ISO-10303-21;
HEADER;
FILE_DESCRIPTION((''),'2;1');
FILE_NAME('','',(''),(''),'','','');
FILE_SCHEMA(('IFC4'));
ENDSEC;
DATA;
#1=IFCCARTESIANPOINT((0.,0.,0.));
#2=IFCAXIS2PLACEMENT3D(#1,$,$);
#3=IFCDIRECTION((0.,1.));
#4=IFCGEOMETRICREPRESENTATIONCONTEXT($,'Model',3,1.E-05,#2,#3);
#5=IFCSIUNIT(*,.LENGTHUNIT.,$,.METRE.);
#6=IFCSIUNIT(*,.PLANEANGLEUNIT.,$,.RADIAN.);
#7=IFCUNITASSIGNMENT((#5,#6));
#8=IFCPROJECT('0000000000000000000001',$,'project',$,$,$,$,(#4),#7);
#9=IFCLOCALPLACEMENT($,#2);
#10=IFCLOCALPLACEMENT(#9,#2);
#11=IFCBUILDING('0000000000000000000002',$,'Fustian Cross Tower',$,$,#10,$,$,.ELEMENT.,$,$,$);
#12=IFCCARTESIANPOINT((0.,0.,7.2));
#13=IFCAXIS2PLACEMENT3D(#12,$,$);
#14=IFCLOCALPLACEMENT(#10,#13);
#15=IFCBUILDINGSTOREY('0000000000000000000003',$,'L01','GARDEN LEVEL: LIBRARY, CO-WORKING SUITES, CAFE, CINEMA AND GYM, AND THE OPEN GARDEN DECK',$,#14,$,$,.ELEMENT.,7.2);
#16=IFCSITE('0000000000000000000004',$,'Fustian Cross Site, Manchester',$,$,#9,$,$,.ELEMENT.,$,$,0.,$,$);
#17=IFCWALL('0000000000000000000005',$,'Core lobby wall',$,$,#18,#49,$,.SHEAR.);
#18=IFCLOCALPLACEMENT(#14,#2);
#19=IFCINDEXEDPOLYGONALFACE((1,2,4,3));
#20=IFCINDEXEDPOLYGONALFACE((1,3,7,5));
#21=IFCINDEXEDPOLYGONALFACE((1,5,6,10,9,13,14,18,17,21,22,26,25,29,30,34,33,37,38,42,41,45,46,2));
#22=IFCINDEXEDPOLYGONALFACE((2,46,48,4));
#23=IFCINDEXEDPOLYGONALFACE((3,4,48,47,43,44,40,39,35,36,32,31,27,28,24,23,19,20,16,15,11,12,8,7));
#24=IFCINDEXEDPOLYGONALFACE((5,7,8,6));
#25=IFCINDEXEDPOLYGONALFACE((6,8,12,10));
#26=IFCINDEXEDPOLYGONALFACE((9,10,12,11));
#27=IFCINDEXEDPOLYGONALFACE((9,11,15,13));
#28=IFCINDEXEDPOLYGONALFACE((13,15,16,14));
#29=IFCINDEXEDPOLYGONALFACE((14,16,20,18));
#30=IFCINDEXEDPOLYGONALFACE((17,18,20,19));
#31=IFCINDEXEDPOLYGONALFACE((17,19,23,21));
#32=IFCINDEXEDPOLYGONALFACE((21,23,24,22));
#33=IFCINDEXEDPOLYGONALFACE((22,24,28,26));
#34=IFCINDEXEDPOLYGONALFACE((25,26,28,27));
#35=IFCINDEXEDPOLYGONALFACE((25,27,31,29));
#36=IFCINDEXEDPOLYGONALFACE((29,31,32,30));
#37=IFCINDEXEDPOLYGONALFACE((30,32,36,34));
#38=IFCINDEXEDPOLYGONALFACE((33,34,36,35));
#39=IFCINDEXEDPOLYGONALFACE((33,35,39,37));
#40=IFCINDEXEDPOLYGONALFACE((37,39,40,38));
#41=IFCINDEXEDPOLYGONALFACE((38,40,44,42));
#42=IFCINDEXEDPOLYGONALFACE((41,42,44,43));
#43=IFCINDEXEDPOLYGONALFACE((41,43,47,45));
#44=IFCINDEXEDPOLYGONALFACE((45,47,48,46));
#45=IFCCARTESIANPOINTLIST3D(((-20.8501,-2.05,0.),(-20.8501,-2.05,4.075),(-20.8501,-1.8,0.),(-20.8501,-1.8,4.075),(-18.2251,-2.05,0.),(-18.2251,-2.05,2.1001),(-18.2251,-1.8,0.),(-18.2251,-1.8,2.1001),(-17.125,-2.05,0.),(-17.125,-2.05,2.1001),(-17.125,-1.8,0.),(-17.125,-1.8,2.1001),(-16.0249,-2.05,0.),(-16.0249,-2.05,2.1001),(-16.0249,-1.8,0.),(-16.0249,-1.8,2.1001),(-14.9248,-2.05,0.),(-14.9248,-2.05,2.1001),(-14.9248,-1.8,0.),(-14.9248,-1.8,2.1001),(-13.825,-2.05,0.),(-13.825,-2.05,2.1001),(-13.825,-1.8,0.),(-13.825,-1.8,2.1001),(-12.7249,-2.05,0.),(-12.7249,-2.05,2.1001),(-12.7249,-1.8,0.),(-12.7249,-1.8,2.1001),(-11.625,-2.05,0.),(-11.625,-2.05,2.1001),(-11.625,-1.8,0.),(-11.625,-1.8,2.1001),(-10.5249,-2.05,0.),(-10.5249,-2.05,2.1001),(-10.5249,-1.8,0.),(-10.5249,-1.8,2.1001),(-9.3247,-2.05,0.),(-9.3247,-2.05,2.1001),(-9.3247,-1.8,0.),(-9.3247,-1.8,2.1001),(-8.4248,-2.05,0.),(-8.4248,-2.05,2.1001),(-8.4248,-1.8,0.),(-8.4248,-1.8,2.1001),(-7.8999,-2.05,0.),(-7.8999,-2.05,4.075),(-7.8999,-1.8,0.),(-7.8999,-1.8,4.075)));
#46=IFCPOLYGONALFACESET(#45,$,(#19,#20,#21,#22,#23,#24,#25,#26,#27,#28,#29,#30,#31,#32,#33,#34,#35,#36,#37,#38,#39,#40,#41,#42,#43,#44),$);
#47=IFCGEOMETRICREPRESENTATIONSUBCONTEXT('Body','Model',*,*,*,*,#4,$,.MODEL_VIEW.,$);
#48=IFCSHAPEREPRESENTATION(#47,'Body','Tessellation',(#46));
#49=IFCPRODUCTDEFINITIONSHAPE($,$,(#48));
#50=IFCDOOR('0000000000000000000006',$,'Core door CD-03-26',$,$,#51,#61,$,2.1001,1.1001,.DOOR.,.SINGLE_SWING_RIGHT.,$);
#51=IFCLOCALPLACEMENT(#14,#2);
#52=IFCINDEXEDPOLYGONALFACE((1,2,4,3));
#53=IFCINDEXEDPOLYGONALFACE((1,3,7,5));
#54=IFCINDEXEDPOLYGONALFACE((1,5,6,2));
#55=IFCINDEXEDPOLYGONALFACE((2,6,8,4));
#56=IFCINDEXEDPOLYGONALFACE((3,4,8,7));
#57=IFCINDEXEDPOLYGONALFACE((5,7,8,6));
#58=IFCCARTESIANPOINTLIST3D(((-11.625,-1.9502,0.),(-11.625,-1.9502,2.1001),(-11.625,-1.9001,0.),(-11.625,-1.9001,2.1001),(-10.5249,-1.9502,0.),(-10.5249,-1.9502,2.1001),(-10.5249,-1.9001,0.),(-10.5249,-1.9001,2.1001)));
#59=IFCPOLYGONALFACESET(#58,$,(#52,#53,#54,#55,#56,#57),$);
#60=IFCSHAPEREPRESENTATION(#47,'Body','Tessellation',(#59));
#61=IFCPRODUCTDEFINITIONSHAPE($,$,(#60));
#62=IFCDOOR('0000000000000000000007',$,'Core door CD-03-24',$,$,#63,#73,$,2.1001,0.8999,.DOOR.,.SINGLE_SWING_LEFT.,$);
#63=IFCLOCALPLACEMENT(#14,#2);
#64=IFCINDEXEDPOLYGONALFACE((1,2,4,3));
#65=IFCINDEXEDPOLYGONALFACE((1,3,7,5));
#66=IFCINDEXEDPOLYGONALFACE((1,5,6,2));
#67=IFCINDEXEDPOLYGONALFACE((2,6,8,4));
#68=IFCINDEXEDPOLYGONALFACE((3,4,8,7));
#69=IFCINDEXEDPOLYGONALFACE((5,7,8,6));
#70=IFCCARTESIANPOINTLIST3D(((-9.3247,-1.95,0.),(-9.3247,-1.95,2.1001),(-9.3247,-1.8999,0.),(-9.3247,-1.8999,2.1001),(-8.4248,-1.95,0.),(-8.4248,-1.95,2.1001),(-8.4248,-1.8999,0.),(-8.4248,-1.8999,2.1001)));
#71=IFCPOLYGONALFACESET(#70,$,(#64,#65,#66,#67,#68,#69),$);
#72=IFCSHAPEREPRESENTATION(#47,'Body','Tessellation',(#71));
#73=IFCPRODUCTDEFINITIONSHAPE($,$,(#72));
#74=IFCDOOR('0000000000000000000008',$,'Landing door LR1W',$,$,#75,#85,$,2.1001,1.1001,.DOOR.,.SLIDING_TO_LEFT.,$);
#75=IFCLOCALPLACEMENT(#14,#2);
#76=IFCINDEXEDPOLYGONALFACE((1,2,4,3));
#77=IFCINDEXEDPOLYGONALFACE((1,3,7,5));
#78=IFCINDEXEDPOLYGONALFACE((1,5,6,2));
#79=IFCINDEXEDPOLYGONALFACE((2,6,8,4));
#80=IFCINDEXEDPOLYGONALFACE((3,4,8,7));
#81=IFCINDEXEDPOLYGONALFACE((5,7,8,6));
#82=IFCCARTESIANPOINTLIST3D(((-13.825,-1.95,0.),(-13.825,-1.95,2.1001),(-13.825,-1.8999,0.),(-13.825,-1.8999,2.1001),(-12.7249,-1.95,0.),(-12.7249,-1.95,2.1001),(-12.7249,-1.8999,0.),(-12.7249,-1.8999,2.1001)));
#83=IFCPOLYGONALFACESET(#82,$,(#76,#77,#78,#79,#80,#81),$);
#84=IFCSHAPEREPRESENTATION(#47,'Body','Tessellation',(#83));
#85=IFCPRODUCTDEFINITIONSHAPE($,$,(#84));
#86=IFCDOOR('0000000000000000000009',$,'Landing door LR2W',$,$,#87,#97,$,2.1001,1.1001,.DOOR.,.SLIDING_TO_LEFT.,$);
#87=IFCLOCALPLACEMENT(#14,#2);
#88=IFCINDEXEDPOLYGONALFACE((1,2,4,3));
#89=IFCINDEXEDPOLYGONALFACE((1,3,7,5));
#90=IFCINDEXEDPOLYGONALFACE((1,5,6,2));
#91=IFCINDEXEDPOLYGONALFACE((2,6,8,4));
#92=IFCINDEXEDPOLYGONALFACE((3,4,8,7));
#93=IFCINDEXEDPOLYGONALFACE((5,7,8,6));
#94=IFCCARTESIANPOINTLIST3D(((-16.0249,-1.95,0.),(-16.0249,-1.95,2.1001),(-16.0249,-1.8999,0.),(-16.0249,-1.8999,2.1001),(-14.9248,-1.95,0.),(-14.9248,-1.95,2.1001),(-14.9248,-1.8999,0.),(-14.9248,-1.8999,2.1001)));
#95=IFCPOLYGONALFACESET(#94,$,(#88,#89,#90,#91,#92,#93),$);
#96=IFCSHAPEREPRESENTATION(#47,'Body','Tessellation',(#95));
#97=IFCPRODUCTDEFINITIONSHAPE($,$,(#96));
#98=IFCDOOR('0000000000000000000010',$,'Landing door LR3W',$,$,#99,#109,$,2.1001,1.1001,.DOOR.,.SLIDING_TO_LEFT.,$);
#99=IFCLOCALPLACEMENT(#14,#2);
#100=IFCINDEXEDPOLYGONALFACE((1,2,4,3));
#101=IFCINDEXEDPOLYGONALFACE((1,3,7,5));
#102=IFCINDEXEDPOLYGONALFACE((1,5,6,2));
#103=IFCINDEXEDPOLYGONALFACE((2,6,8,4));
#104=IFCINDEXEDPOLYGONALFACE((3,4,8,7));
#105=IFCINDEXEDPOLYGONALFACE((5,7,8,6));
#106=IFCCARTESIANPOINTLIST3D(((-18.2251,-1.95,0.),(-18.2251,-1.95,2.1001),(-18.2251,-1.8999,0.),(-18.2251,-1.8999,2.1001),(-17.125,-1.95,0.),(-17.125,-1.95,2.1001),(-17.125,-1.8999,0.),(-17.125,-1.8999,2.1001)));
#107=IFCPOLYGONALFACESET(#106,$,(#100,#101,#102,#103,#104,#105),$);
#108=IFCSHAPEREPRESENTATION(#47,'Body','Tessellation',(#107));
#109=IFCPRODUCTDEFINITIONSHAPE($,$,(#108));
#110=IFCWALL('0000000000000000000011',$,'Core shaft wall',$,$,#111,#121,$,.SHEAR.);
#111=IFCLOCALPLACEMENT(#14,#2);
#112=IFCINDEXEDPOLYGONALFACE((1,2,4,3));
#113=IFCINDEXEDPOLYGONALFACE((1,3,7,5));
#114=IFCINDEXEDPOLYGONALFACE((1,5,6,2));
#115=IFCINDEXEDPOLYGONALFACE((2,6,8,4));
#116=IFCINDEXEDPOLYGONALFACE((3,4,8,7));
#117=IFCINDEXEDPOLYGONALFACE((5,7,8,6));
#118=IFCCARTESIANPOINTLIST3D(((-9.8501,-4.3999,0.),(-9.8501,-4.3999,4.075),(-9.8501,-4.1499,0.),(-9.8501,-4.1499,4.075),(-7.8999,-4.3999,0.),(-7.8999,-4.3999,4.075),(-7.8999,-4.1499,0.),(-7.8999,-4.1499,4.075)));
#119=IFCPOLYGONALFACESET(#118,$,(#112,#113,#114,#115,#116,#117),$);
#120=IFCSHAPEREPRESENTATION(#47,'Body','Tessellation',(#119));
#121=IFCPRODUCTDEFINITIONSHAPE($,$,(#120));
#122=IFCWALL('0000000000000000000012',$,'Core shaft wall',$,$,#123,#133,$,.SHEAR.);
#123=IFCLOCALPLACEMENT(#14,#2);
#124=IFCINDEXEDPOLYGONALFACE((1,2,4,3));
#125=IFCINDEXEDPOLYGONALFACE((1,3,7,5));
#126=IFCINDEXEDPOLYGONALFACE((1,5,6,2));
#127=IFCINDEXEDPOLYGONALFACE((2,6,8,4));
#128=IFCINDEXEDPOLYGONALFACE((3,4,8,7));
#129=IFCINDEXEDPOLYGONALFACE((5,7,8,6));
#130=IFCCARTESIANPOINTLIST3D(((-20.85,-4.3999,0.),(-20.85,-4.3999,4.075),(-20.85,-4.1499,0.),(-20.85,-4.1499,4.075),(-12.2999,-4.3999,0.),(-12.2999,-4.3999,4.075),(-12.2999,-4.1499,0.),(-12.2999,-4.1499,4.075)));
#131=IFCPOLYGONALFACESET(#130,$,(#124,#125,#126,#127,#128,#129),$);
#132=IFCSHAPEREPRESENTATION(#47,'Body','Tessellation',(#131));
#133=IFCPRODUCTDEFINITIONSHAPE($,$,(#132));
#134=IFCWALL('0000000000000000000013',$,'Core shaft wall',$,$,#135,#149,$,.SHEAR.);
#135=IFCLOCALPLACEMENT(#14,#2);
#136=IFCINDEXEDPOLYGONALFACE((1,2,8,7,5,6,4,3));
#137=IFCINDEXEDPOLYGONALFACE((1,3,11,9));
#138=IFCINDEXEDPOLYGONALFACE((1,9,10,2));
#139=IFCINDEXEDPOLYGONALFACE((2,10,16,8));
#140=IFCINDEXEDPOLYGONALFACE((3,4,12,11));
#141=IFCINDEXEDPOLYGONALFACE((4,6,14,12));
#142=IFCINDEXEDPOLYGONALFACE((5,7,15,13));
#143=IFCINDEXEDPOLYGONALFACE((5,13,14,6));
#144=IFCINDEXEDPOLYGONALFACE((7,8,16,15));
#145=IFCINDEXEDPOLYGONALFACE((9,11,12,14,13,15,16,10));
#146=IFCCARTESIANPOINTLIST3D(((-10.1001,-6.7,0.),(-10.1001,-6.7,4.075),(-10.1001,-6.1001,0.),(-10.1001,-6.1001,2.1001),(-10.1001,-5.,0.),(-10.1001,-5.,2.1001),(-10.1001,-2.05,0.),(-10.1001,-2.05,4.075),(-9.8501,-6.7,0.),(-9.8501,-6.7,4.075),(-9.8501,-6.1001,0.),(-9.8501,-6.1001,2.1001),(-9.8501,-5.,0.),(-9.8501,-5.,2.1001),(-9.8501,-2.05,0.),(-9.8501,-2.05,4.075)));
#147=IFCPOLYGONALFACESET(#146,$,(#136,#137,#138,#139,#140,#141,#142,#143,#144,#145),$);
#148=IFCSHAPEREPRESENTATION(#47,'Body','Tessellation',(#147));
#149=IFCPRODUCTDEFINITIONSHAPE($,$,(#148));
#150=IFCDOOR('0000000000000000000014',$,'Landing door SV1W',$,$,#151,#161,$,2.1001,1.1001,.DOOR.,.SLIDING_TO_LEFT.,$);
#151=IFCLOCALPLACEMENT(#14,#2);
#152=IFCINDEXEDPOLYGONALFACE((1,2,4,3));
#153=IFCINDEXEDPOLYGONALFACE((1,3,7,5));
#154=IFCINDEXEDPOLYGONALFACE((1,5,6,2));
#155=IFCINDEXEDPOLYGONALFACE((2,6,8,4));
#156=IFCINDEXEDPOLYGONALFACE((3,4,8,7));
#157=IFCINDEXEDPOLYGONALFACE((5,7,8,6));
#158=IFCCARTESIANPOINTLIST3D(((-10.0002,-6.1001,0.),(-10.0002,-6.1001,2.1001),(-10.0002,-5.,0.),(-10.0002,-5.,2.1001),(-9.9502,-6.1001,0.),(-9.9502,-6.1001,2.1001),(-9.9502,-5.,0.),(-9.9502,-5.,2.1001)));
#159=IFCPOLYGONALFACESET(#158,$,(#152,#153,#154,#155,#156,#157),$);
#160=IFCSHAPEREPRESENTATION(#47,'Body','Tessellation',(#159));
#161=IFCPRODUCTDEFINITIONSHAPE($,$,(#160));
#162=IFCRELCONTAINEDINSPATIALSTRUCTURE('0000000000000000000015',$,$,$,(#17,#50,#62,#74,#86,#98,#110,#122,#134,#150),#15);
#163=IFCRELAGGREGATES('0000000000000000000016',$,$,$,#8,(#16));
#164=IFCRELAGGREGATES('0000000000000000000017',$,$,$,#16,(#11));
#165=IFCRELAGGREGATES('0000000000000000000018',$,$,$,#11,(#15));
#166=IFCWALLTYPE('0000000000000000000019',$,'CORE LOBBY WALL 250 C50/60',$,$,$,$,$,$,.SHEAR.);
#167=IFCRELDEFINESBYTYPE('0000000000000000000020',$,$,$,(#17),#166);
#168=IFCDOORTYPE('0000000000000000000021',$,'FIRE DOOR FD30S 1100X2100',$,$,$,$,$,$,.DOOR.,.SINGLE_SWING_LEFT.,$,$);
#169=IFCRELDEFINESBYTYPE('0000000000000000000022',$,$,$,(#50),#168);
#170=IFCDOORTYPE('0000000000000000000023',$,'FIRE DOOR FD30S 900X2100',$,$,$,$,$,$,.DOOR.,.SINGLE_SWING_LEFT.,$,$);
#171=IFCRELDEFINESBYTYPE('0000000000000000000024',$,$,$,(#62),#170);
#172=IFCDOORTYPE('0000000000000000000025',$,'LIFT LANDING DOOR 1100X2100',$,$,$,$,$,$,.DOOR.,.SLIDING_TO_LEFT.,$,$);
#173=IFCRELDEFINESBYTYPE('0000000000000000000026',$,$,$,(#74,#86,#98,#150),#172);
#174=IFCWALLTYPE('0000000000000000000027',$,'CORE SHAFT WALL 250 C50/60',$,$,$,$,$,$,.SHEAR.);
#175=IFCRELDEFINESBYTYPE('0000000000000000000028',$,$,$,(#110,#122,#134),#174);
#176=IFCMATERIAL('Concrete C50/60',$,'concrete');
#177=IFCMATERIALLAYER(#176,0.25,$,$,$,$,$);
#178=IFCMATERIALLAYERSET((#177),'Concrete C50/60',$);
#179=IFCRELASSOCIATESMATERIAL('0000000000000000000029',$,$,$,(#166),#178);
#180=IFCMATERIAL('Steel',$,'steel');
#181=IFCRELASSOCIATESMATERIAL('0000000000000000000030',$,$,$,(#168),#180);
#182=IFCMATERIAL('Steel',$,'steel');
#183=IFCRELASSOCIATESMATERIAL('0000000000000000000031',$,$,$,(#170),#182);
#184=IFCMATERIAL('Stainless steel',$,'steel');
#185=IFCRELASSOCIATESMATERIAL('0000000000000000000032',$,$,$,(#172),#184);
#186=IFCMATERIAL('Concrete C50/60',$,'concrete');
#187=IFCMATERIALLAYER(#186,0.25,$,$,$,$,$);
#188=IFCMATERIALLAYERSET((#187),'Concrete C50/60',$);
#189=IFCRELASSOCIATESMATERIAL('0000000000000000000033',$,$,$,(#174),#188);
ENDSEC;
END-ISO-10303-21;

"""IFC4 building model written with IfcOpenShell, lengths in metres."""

from ifc_helpers import new_model, si_unit, direction, frame, frame_2d, origin, place, context, subcontext, project, spatial, rectangle, extrude, material, layer, layer_set, type_object, element, fill, save


model = new_model("IFC4")

# Units and contexts
model_context = context("Model", 3, precision=1e-05, world=origin(), true_north=direction((0.0, 1.0)))
body_context = subcontext(model_context, "Body", "Model", "MODEL_VIEW")
ifc_project = project(units=[si_unit("LENGTHUNIT", "METRE"), si_unit("PLANEANGLEUNIT", "RADIAN")], contexts=[model_context])

# Site, building, storey
site_placement = place(None, origin())
site = spatial("IfcSite", under=ifc_project, at=site_placement, Name="Fustian Cross Site, Manchester", CompositionType="ELEMENT", RefElevation=0.0)
building_placement = place(site_placement, origin())
building = spatial("IfcBuilding", under=site, at=building_placement, Name="Fustian Cross Tower", CompositionType="ELEMENT")
storey_placement = place(building_placement, frame((0.0, 0.0, 7.2)))
storey = spatial("IfcBuildingStorey", under=building, at=storey_placement, Name="L01", Description="GARDEN LEVEL: LIBRARY, CO-WORKING SUITES, CAFE, CINEMA AND GYM, AND THE OPEN GARDEN DECK", CompositionType="ELEMENT", Elevation=7.2)

# Wall, openings, doors
ifc_material_1 = material(Name="Concrete C50/60", Category="concrete")
ifc_layer_1 = layer(ifc_material_1, 0.25)
ifc_layer_set_1 = layer_set([ifc_layer_1], Name="Concrete C50/60")
wall_type_1 = type_object("IfcWallType", Name="CORE LOBBY WALL 250 C50/60", PredefinedType="SHEAR", material=ifc_layer_set_1)
wall_1_placement = place(storey_placement, frame((-7.8999, -1.925, 0.0), z_axis=(0.0, 0.0, 1.0), x_axis=(-1.0, 0.0, 0.0)))
wall_1 = element("IfcWall", 1, at=wall_1_placement, inside=storey, type_object=wall_type_1, Name="Core lobby wall", PredefinedType="SHEAR", context=body_context, shape_type="SweptSolid", body=[
    extrude(rectangle(XDim=12.9502, YDim=0.25, at=frame_2d((6.4751, 0.0))), origin(), (0.0, 0.0, 1.0), 4.075),
])
opening_1_placement = place(wall_1_placement, frame((4.825, 0.0, 0.0)))
opening_1 = element("IfcOpeningElement", 2, at=opening_1_placement, cuts=wall_1, PredefinedType="OPENING", context=body_context, shape_type="SweptSolid", body=[
    extrude(rectangle(XDim=1.1001, YDim=2.1001, at=frame_2d((0.55, 1.05))), frame((0.0, 0.135, 0.0), z_axis=(0.0, -1.0, 0.0), x_axis=(1.0, 0.0, 0.0)), (0.0, 0.0, 1.0), 0.27),
])
opening_2_placement = place(wall_1_placement, frame((7.0249, 0.0, 0.0)))
opening_2 = element("IfcOpeningElement", 3, at=opening_2_placement, cuts=wall_1, PredefinedType="OPENING", context=body_context, shape_type="SweptSolid", body=[
    extrude(rectangle(XDim=1.1001, YDim=2.1001, at=frame_2d((0.55, 1.05))), frame((0.0, 0.135, 0.0), z_axis=(0.0, -1.0, 0.0), x_axis=(1.0, 0.0, 0.0)), (0.0, 0.0, 1.0), 0.27),
])
opening_3_placement = place(wall_1_placement, frame((9.2251, 0.0, 0.0)))
opening_3 = element("IfcOpeningElement", 4, at=opening_3_placement, cuts=wall_1, PredefinedType="OPENING", context=body_context, shape_type="SweptSolid", body=[
    extrude(rectangle(XDim=1.1001, YDim=2.1001, at=frame_2d((0.55, 1.05))), frame((0.0, 0.135, 0.0), z_axis=(0.0, -1.0, 0.0), x_axis=(1.0, 0.0, 0.0)), (0.0, 0.0, 1.0), 0.27),
])
opening_4_placement = place(wall_1_placement, frame((0.5249, 0.0, 0.0)))
opening_4 = element("IfcOpeningElement", 5, at=opening_4_placement, cuts=wall_1, PredefinedType="OPENING", context=body_context, shape_type="SweptSolid", body=[
    extrude(rectangle(XDim=0.8999, YDim=2.1001, at=frame_2d((0.45, 1.05))), frame((0.0, 0.135, 0.0), z_axis=(0.0, -1.0, 0.0), x_axis=(1.0, 0.0, 0.0)), (0.0, 0.0, 1.0), 0.27),
])
opening_5_placement = place(wall_1_placement, frame((2.625, 0.0, 0.0)))
opening_5 = element("IfcOpeningElement", 6, at=opening_5_placement, cuts=wall_1, PredefinedType="OPENING", context=body_context, shape_type="SweptSolid", body=[
    extrude(rectangle(XDim=1.1001, YDim=2.1001, at=frame_2d((0.55, 1.05))), frame((0.0, 0.135, 0.0), z_axis=(0.0, -1.0, 0.0), x_axis=(1.0, 0.0, 0.0)), (0.0, 0.0, 1.0), 0.27),
])
ifc_material_2 = material(Name="Steel", Category="steel")
door_type_1 = type_object("IfcDoorType", Name="FIRE DOOR FD30S 1100X2100", OperationType="SINGLE_SWING_LEFT", PredefinedType="DOOR", material=ifc_material_2)
door_1_placement = place(opening_5_placement, frame((1.1001, 0.0, 0.0), z_axis=(0.0, 0.0, 1.0), x_axis=(-1.0, 0.0, 0.0)))
door_1 = element("IfcDoor", 7, at=door_1_placement, inside=storey, type_object=door_type_1, Name="Core door CD-03-26", OperationType="SINGLE_SWING_RIGHT", OverallHeight=2.1001, OverallWidth=1.1001, PredefinedType="DOOR", context=body_context, shape_type="SweptSolid", body=[
    extrude(rectangle(XDim=1.1001, YDim=2.1001, at=frame_2d((0.55, 1.05))), frame((0.0, 0.0249, 0.0), z_axis=(0.0, -1.0, 0.0), x_axis=(1.0, 0.0, 0.0)), (0.0, 0.0, 1.0), 0.05),
])
fill(opening_5, door_1)
ifc_material_3 = material(Name="Steel", Category="steel")
door_type_2 = type_object("IfcDoorType", Name="FIRE DOOR FD30S 900X2100", OperationType="SINGLE_SWING_LEFT", PredefinedType="DOOR", material=ifc_material_3)
door_2_placement = place(opening_4_placement, origin())
door_2 = element("IfcDoor", 8, at=door_2_placement, inside=storey, type_object=door_type_2, Name="Core door CD-03-24", OperationType="SINGLE_SWING_LEFT", OverallHeight=2.1001, OverallWidth=0.8999, PredefinedType="DOOR", context=body_context, shape_type="SweptSolid", body=[
    extrude(rectangle(XDim=0.8999, YDim=2.1001, at=frame_2d((0.45, 1.05))), frame((0.0, 0.0249, 0.0), z_axis=(0.0, -1.0, 0.0), x_axis=(1.0, 0.0, 0.0)), (0.0, 0.0, 1.0), 0.05),
])
fill(opening_4, door_2)
ifc_material_4 = material(Name="Stainless steel", Category="steel")
door_type_3 = type_object("IfcDoorType", Name="LIFT LANDING DOOR 1100X2100", OperationType="SLIDING_TO_LEFT", PredefinedType="DOOR", material=ifc_material_4)
door_3_placement = place(opening_1_placement, origin())
door_3 = element("IfcDoor", 9, at=door_3_placement, inside=storey, type_object=door_type_3, Name="Landing door LR1W", OperationType="SLIDING_TO_LEFT", OverallHeight=2.1001, OverallWidth=1.1001, PredefinedType="DOOR", context=body_context, shape_type="SweptSolid", body=[
    extrude(rectangle(XDim=1.1001, YDim=2.1001, at=frame_2d((0.55, 1.05))), frame((0.0, 0.0249, 0.0), z_axis=(0.0, -1.0, 0.0), x_axis=(1.0, 0.0, 0.0)), (0.0, 0.0, 1.0), 0.05),
])
fill(opening_1, door_3)
door_4_placement = place(opening_2_placement, origin())
door_4 = element("IfcDoor", 10, at=door_4_placement, inside=storey, type_object=door_type_3, Name="Landing door LR2W", OperationType="SLIDING_TO_LEFT", OverallHeight=2.1001, OverallWidth=1.1001, PredefinedType="DOOR", context=body_context, shape_type="SweptSolid", body=[
    extrude(rectangle(XDim=1.1001, YDim=2.1001, at=frame_2d((0.55, 1.05))), frame((0.0, 0.0249, 0.0), z_axis=(0.0, -1.0, 0.0), x_axis=(1.0, 0.0, 0.0)), (0.0, 0.0, 1.0), 0.05),
])
fill(opening_2, door_4)
door_5_placement = place(opening_3_placement, origin())
door_5 = element("IfcDoor", 11, at=door_5_placement, inside=storey, type_object=door_type_3, Name="Landing door LR3W", OperationType="SLIDING_TO_LEFT", OverallHeight=2.1001, OverallWidth=1.1001, PredefinedType="DOOR", context=body_context, shape_type="SweptSolid", body=[
    extrude(rectangle(XDim=1.1001, YDim=2.1001, at=frame_2d((0.55, 1.05))), frame((0.0, 0.0249, 0.0), z_axis=(0.0, -1.0, 0.0), x_axis=(1.0, 0.0, 0.0)), (0.0, 0.0, 1.0), 0.05),
])
fill(opening_3, door_5)

# Walls
ifc_material_5 = material(Name="Concrete C50/60", Category="concrete")
ifc_layer_2 = layer(ifc_material_5, 0.25)
ifc_layer_set_2 = layer_set([ifc_layer_2], Name="Concrete C50/60")
wall_type_2 = type_object("IfcWallType", Name="CORE SHAFT WALL 250 C50/60", PredefinedType="SHEAR", material=ifc_layer_set_2)
wall_2_placement = place(storey_placement, frame((-7.8999, -4.2749, 0.0), z_axis=(0.0, 0.0, 1.0), x_axis=(-1.0, 0.0, 0.0)))
element("IfcWall", 12, at=wall_2_placement, inside=storey, type_object=wall_type_2, Name="Core shaft wall", PredefinedType="SHEAR", context=body_context, shape_type="SweptSolid", body=[
    extrude(rectangle(XDim=1.9502, YDim=0.25, at=frame_2d((0.9751, 0.0))), origin(), (0.0, 0.0, 1.0), 4.075),
])
wall_3_placement = place(storey_placement, frame((-12.3, -4.2749, 0.0), z_axis=(0.0, 0.0, 1.0), x_axis=(-1.0, 0.0, 0.0)))
element("IfcWall", 13, at=wall_3_placement, inside=storey, type_object=wall_type_2, Name="Core shaft wall", PredefinedType="SHEAR", context=body_context, shape_type="SweptSolid", body=[
    extrude(rectangle(XDim=8.55, YDim=0.25, at=frame_2d((4.2749, 0.0))), origin(), (0.0, 0.0, 1.0), 4.075),
])

# Wall, opening, door
wall_4_placement = place(storey_placement, frame((-9.9751, -2.05, 0.0), z_axis=(0.0, 0.0, 1.0), x_axis=(0.0, -1.0, 0.0)))
wall_4 = element("IfcWall", 14, at=wall_4_placement, inside=storey, type_object=wall_type_2, Name="Core shaft wall", PredefinedType="SHEAR", context=body_context, shape_type="SweptSolid", body=[
    extrude(rectangle(XDim=4.6499, YDim=0.25, at=frame_2d((2.325, 0.0))), origin(), (0.0, 0.0, 1.0), 4.075),
])
opening_6_placement = place(wall_4_placement, frame((2.95, 0.0, 0.0)))
opening_6 = element("IfcOpeningElement", 15, at=opening_6_placement, cuts=wall_4, PredefinedType="OPENING", context=body_context, shape_type="SweptSolid", body=[
    extrude(rectangle(XDim=1.1001, YDim=2.1001, at=frame_2d((0.55, 1.05))), frame((0.0, 0.135, 0.0), z_axis=(0.0, -1.0, 0.0), x_axis=(1.0, 0.0, 0.0)), (0.0, 0.0, 1.0), 0.27),
])
door_6_placement = place(opening_6_placement, origin())
door_6 = element("IfcDoor", 16, at=door_6_placement, inside=storey, type_object=door_type_3, Name="Landing door SV1W", OperationType="SLIDING_TO_LEFT", OverallHeight=2.1001, OverallWidth=1.1001, PredefinedType="DOOR", context=body_context, shape_type="SweptSolid", body=[
    extrude(rectangle(XDim=1.1001, YDim=2.1001, at=frame_2d((0.55, 1.05))), frame((0.0, 0.0249, 0.0), z_axis=(0.0, -1.0, 0.0), x_axis=(1.0, 0.0, 0.0)), (0.0, 0.0, 1.0), 0.05),
])
fill(opening_6, door_6)

save(model, "model.ifc")
